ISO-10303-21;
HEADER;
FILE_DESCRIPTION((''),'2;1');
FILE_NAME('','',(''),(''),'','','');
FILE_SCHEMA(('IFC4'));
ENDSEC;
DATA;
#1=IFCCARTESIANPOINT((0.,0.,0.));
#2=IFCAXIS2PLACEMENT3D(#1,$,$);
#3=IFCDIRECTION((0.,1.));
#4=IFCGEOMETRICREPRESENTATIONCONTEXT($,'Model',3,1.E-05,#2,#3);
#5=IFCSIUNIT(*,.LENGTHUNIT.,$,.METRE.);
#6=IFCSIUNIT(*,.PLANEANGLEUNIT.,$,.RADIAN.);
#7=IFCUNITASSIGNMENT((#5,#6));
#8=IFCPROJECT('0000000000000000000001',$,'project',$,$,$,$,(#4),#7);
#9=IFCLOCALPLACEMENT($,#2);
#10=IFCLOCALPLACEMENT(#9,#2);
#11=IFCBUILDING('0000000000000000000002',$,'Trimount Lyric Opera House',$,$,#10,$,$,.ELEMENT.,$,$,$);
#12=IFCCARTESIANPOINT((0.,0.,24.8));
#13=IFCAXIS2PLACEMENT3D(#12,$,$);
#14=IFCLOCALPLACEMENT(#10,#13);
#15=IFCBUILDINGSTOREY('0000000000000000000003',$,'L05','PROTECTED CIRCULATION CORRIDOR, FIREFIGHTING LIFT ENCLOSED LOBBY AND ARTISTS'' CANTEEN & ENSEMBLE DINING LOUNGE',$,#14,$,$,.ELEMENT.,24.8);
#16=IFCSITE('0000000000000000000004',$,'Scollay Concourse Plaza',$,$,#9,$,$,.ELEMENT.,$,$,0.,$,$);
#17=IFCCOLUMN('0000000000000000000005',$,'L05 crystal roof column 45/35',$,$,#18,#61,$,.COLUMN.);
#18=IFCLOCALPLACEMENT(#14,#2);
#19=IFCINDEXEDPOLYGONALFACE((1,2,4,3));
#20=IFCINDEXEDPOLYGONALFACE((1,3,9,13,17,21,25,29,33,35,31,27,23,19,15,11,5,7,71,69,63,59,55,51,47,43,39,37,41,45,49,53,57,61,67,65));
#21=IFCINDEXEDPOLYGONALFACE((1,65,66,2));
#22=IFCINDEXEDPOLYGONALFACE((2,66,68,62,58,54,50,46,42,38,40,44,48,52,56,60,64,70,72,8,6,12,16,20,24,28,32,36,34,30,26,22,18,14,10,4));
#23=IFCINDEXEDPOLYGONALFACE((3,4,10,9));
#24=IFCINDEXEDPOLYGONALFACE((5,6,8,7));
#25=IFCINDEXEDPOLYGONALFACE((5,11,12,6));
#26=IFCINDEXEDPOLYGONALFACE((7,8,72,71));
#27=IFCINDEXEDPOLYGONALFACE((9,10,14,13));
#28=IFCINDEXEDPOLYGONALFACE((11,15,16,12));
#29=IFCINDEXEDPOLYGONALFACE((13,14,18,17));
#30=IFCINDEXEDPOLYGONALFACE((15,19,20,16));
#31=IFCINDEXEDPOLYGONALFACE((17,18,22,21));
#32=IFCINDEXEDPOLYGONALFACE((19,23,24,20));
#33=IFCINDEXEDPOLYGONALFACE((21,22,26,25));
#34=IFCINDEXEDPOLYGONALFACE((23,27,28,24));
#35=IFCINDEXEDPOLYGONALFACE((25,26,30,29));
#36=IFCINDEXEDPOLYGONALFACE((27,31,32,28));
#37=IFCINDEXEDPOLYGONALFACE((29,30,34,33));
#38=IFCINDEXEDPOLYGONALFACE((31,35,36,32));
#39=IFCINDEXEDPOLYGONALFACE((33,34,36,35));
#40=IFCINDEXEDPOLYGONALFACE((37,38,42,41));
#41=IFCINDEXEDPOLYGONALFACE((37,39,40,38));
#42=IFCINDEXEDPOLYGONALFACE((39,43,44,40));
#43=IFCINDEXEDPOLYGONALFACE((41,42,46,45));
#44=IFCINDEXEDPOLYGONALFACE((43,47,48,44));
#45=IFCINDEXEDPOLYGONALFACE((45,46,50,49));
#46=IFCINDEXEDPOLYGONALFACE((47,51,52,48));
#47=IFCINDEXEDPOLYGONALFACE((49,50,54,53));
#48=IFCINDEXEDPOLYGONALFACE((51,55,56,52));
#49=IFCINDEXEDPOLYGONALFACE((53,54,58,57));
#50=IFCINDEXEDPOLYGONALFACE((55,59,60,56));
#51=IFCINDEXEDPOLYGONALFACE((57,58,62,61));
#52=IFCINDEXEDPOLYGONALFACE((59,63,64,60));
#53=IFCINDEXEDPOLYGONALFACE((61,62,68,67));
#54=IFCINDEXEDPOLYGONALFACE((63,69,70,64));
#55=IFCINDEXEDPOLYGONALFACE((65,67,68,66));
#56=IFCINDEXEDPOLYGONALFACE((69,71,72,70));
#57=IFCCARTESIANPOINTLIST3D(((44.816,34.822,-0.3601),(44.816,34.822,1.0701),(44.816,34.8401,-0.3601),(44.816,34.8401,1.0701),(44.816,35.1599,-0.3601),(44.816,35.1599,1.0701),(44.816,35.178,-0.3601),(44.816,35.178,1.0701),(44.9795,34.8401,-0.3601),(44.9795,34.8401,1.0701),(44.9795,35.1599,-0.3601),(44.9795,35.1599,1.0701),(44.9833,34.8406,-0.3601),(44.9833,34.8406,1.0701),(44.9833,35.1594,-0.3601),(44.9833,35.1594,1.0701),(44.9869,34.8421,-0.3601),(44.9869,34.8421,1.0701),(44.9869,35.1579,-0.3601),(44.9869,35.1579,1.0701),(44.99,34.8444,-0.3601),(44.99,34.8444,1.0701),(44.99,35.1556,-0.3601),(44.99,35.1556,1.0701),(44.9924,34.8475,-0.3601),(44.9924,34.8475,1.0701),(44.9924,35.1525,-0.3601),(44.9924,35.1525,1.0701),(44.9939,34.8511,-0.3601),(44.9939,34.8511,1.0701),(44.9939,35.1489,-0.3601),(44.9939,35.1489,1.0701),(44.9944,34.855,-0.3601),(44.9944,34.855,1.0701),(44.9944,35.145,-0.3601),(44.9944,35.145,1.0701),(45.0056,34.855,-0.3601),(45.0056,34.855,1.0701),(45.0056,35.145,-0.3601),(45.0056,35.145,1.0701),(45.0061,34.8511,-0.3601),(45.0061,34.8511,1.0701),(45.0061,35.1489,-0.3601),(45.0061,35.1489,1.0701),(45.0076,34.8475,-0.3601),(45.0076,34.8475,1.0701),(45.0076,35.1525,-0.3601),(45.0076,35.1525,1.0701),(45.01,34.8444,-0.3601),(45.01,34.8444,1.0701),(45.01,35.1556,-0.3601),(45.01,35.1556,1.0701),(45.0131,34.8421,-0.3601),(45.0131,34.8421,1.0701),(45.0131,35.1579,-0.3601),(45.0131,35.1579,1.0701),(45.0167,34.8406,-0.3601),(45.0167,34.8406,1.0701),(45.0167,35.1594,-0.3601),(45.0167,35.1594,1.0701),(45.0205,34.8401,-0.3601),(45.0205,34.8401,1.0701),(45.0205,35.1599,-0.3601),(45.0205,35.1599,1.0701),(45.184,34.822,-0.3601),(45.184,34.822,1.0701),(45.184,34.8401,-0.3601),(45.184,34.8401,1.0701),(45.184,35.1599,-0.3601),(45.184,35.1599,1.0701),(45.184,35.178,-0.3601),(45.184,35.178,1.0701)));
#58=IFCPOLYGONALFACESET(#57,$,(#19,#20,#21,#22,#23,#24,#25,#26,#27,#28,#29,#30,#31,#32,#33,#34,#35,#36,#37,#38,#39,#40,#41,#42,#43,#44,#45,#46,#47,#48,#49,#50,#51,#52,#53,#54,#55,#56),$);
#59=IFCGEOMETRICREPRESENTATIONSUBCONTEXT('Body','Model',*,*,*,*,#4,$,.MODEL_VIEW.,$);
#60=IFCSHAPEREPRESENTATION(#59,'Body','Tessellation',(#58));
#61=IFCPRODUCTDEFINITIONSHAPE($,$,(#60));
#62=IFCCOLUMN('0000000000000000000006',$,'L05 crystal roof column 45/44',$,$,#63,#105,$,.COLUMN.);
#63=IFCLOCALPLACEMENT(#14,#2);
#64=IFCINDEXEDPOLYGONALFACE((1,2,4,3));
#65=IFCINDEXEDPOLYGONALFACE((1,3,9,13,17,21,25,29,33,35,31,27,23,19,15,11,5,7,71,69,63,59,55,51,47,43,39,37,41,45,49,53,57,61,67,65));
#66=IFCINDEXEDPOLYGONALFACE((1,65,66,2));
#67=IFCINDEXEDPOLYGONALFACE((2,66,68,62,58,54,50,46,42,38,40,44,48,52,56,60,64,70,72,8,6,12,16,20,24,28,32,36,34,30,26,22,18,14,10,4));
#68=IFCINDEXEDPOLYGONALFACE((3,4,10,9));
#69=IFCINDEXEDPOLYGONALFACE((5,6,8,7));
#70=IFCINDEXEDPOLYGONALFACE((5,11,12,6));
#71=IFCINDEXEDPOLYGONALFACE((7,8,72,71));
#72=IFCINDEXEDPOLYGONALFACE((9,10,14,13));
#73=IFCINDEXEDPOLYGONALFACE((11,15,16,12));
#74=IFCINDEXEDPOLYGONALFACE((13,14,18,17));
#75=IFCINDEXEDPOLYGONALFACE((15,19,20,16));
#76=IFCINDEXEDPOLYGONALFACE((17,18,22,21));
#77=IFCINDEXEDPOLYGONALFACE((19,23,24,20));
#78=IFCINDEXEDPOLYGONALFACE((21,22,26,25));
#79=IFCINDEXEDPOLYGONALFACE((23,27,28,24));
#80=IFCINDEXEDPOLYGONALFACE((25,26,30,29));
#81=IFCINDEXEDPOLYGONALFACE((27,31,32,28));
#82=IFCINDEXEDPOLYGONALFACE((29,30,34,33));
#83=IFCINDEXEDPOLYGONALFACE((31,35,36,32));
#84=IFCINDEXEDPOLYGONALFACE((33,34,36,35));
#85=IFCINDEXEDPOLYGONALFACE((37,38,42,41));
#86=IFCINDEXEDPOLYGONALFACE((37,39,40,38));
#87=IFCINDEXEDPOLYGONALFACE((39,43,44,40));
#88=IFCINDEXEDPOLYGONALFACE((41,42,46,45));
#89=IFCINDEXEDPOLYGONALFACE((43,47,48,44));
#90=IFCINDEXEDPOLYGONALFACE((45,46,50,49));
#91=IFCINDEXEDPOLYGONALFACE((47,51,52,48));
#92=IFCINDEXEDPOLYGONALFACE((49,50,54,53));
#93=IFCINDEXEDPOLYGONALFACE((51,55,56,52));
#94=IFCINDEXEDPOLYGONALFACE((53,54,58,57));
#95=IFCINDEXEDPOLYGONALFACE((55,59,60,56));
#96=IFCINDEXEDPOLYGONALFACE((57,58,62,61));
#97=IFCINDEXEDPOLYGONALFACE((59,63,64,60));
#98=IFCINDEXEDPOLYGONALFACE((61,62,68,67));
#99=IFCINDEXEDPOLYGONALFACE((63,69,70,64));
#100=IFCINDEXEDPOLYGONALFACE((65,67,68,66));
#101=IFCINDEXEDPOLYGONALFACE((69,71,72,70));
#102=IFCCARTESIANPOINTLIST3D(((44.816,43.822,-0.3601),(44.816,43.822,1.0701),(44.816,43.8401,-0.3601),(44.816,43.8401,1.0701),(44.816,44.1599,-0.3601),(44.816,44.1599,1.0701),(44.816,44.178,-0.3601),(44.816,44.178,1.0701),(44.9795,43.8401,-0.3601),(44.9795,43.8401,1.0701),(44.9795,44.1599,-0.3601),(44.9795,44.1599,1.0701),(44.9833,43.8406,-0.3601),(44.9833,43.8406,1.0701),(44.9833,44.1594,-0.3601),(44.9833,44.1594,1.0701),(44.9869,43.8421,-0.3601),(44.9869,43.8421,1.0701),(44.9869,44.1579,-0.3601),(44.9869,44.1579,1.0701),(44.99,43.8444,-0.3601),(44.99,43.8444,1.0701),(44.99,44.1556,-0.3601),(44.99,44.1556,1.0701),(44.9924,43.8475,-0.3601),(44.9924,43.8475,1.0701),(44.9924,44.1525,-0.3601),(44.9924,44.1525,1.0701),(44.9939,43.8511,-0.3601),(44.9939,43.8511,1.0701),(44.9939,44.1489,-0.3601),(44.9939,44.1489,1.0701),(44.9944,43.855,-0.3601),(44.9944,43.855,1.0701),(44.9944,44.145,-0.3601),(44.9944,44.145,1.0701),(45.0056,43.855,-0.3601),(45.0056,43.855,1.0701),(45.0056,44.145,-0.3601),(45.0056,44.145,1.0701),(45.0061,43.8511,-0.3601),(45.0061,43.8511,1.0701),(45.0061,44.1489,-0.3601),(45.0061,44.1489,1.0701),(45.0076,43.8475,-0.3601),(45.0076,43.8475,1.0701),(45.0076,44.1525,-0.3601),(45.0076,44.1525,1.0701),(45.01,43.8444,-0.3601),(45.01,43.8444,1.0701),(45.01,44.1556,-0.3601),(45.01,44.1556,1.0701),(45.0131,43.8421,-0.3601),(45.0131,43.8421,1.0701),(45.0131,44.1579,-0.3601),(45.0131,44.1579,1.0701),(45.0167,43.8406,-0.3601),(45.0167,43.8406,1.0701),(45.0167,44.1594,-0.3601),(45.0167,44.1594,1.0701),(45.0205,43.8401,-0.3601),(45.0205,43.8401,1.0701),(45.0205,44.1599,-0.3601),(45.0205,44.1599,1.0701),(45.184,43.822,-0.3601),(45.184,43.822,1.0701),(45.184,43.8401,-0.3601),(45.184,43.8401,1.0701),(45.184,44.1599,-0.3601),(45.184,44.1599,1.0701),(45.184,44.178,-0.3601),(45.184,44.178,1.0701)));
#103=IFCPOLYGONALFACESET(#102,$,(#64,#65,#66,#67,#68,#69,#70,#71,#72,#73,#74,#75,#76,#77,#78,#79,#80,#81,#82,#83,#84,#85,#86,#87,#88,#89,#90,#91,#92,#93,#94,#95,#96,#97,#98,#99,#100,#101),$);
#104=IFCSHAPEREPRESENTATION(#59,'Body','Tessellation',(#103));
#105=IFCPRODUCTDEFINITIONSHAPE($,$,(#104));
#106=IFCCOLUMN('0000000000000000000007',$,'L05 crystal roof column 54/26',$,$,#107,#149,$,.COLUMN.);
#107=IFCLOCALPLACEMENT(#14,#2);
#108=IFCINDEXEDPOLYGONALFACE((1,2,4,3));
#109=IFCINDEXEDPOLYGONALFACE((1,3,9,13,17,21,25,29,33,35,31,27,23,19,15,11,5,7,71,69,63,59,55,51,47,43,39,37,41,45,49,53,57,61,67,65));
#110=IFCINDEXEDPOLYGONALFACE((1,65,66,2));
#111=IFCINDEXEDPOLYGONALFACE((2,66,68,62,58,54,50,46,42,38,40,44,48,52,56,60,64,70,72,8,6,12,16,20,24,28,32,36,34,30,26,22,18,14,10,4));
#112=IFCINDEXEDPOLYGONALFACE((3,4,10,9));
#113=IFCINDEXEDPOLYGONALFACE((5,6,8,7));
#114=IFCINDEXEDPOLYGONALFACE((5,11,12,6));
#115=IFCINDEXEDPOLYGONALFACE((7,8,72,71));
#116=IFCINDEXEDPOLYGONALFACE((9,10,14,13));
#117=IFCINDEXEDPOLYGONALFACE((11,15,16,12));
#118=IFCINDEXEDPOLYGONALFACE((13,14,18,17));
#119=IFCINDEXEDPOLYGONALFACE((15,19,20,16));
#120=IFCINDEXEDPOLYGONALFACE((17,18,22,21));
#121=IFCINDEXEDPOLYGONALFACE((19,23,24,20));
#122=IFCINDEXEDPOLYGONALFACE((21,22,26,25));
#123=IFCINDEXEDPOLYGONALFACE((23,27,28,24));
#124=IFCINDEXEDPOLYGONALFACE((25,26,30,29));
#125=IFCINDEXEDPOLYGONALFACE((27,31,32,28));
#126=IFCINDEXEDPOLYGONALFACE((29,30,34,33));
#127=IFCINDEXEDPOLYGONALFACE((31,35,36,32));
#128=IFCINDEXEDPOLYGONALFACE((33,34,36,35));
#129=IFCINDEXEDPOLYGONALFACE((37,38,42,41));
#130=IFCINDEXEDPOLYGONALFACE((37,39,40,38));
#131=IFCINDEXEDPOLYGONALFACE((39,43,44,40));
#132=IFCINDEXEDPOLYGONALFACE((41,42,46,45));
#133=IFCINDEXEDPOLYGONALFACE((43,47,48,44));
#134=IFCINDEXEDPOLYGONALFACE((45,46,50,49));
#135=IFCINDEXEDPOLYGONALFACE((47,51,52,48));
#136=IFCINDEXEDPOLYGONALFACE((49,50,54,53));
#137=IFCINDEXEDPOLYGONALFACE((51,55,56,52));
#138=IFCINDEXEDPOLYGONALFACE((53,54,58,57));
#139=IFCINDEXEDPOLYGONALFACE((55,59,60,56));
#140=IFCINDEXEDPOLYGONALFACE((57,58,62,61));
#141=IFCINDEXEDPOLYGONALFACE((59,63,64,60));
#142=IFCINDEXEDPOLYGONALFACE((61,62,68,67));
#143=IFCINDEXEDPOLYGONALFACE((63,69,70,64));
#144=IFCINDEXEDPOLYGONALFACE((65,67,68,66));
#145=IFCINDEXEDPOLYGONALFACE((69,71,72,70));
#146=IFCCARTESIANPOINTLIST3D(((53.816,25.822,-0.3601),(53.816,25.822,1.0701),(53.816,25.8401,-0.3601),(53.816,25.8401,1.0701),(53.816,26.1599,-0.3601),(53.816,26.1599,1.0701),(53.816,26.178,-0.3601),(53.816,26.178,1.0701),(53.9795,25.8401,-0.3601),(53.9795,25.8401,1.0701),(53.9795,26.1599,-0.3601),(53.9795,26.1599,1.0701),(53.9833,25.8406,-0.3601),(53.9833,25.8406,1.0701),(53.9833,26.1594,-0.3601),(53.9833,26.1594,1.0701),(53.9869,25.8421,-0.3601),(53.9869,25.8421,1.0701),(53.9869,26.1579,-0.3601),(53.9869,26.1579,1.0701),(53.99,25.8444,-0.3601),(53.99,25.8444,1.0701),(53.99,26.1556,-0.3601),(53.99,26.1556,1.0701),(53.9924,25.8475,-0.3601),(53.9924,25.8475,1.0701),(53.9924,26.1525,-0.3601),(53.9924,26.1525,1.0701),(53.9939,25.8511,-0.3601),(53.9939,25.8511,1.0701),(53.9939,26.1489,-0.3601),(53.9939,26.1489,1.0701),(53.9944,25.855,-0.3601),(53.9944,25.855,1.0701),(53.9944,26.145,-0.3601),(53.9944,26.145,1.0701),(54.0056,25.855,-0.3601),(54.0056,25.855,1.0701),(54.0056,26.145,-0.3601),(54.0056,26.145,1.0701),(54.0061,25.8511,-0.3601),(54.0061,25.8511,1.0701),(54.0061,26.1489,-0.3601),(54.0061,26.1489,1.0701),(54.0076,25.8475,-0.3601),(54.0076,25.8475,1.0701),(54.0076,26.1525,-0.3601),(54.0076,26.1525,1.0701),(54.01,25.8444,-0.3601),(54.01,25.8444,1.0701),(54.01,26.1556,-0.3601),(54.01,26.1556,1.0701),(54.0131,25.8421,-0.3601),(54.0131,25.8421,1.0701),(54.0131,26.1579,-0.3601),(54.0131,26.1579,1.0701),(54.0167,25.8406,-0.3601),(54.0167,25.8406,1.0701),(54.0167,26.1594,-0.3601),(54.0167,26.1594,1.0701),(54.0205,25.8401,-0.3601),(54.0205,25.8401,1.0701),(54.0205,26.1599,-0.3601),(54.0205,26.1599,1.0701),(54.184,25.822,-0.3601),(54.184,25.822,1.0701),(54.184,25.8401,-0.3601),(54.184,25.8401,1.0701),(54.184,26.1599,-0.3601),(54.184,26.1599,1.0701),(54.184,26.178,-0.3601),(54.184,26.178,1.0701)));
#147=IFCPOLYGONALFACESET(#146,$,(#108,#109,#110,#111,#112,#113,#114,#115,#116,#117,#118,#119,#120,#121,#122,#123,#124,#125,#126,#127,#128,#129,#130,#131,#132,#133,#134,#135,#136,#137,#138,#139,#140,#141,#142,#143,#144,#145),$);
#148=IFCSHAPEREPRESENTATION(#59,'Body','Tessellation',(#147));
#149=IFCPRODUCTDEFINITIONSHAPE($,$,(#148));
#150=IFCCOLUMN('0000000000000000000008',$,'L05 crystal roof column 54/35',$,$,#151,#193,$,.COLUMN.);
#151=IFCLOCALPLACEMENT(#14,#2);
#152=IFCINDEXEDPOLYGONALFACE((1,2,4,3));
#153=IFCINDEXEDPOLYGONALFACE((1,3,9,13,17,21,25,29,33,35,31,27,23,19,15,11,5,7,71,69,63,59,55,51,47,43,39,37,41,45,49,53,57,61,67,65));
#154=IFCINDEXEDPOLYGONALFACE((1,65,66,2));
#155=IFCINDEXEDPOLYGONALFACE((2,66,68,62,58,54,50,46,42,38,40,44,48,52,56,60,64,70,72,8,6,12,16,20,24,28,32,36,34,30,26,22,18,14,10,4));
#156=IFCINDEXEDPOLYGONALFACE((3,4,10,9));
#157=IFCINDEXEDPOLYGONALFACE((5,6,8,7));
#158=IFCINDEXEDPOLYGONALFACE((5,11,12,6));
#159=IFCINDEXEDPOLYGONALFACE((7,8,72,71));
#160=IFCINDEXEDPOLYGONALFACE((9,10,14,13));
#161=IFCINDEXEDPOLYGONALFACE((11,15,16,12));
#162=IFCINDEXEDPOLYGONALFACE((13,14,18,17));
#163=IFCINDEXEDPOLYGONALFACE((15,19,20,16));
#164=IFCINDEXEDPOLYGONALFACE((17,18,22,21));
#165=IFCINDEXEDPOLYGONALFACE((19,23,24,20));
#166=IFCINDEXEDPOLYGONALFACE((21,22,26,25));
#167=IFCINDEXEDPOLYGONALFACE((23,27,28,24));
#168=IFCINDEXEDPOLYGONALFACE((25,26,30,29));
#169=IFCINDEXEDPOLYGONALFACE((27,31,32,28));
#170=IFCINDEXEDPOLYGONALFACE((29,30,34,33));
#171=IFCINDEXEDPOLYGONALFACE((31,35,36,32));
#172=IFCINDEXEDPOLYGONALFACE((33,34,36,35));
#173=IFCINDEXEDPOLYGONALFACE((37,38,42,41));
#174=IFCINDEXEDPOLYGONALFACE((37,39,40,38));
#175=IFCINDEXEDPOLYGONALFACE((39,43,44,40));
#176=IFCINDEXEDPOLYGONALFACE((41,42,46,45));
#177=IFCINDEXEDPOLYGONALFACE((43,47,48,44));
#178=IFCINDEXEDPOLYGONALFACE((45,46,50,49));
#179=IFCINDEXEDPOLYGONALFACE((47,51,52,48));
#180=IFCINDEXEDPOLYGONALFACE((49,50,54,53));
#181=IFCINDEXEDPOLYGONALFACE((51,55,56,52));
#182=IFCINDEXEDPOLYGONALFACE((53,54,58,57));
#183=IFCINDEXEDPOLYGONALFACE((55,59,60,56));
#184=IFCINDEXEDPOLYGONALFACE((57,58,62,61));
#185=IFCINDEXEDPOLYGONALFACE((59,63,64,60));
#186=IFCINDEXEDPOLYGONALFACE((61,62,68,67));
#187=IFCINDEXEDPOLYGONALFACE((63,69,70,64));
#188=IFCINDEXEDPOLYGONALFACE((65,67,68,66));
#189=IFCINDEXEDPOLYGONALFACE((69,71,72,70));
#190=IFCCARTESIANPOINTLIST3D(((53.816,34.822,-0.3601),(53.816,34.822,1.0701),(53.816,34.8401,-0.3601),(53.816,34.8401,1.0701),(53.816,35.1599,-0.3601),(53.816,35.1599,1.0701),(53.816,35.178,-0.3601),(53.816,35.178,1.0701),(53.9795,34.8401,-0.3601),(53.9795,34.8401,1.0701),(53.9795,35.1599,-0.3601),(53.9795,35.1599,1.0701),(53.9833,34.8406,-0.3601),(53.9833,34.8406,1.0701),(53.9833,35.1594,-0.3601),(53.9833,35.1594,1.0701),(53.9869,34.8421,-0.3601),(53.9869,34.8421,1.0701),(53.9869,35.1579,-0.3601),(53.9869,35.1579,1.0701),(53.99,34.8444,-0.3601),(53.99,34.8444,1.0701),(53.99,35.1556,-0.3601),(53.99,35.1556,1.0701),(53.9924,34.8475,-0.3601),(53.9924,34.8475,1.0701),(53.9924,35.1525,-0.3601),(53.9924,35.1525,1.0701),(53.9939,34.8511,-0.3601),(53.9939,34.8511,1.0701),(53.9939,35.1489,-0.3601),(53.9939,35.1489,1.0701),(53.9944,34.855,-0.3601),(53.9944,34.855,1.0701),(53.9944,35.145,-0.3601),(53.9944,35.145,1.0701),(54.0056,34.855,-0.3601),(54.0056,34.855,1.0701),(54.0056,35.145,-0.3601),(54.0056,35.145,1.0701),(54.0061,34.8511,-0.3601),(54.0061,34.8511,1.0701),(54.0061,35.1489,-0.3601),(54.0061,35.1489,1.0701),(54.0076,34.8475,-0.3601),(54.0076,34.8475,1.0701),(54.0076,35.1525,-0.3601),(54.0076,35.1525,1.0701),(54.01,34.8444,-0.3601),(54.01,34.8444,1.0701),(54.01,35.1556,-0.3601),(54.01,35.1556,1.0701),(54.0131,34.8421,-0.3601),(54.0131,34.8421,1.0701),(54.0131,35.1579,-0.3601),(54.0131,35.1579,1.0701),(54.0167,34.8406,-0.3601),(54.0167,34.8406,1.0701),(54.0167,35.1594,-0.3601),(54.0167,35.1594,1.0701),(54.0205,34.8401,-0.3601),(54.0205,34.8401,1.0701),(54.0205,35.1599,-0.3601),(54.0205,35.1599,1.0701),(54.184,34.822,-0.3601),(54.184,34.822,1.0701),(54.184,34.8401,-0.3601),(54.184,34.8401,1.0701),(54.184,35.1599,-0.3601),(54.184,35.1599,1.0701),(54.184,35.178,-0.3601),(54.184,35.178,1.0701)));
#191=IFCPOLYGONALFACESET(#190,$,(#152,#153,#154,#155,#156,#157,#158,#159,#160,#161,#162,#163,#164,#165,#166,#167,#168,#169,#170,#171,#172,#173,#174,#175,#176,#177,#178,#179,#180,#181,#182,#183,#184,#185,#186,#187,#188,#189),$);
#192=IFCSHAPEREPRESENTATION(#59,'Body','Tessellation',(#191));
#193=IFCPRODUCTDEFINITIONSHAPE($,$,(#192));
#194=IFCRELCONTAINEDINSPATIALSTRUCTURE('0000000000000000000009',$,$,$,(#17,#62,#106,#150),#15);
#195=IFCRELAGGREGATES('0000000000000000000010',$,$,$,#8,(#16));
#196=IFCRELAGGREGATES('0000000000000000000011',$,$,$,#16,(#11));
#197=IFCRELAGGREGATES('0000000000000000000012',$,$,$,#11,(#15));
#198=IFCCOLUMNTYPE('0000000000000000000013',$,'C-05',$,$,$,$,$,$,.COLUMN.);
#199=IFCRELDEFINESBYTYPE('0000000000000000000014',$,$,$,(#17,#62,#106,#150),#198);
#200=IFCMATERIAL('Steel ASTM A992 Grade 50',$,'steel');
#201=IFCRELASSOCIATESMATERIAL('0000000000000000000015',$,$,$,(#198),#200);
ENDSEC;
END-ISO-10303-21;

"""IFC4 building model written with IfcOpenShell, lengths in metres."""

from ifc_helpers import new_model, si_unit, direction, frame, origin, origin_2d, place, context, subcontext, project, spatial, i_section, extrude, material, material_profile, profile_set, type_object, element, save


model = new_model("IFC4")

# Units and contexts
model_context = context("Model", 3, precision=1e-05, world=origin(), true_north=direction((0.0, 1.0)))
body_context = subcontext(model_context, "Body", "Model", "MODEL_VIEW")
ifc_project = project(units=[si_unit("LENGTHUNIT", "METRE"), si_unit("PLANEANGLEUNIT", "RADIAN")], contexts=[model_context])

# Site, building, storey
site_placement = place(None, origin())
site = spatial("IfcSite", under=ifc_project, at=site_placement, Name="Scollay Concourse Plaza", CompositionType="ELEMENT", RefElevation=0.0)
building_placement = place(site_placement, origin())
building = spatial("IfcBuilding", under=site, at=building_placement, Name="Trimount Lyric Opera House", CompositionType="ELEMENT")
storey_placement = place(building_placement, frame((0.0, 0.0, 24.8)))
storey = spatial("IfcBuildingStorey", under=building, at=storey_placement, Name="L05", Description="PROTECTED CIRCULATION CORRIDOR, FIREFIGHTING LIFT ENCLOSED LOBBY AND ARTISTS' CANTEEN & ENSEMBLE DINING LOUNGE", CompositionType="ELEMENT", Elevation=24.8)

# Columns
ifc_material_1 = material(Name="Steel ASTM A992 Grade 50", Category="steel")
ifc_material_profile_1 = material_profile(ifc_material_1, i_section(OverallWidth=0.3679, OverallDepth=0.356, WebThickness=0.0112, FlangeThickness=0.0181, FilletRadius=0.0149, at=origin_2d()), Name="W14X90")
ifc_profile_set_1 = profile_set([ifc_material_profile_1], Name="Steel ASTM A992 Grade 50")
column_type_1 = type_object("IfcColumnType", Name="C-05", PredefinedType="COLUMN", material=ifc_profile_set_1)
for number, where, z_axis, x_axis, name in (
    (1, (45.0, 35.0, -0.3601), (0.0, 0.0, 1.0), (1.0, 0.0, 0.0), "L05 crystal roof column 45/35"),
    (2, (45.0, 44.0, -0.3601), (0.0, 0.0, 1.0), (1.0, 0.0, 0.0), "L05 crystal roof column 45/44"),
    (3, (54.0, 26.0, -0.3601), (0.0, 0.0, 1.0), (1.0, 0.0, 0.0), "L05 crystal roof column 54/26"),
    (4, (54.0, 35.0, -0.3601), (0.0, 0.0, 1.0), (1.0, 0.0, 0.0), "L05 crystal roof column 54/35"),
):
    element("IfcColumn", number, at=place(storey_placement, frame(where, z_axis=z_axis, x_axis=x_axis)), inside=storey, type_object=column_type_1, Name=name, PredefinedType="COLUMN", context=body_context, shape_type="SweptSolid", body=[
        extrude(i_section(OverallWidth=0.3679, OverallDepth=0.356, WebThickness=0.0112, FlangeThickness=0.0181, FilletRadius=0.0149, at=origin_2d()), origin(), (0.0, 0.0, 1.0), 1.4302),
    ])

save(model, "model.ifc")
